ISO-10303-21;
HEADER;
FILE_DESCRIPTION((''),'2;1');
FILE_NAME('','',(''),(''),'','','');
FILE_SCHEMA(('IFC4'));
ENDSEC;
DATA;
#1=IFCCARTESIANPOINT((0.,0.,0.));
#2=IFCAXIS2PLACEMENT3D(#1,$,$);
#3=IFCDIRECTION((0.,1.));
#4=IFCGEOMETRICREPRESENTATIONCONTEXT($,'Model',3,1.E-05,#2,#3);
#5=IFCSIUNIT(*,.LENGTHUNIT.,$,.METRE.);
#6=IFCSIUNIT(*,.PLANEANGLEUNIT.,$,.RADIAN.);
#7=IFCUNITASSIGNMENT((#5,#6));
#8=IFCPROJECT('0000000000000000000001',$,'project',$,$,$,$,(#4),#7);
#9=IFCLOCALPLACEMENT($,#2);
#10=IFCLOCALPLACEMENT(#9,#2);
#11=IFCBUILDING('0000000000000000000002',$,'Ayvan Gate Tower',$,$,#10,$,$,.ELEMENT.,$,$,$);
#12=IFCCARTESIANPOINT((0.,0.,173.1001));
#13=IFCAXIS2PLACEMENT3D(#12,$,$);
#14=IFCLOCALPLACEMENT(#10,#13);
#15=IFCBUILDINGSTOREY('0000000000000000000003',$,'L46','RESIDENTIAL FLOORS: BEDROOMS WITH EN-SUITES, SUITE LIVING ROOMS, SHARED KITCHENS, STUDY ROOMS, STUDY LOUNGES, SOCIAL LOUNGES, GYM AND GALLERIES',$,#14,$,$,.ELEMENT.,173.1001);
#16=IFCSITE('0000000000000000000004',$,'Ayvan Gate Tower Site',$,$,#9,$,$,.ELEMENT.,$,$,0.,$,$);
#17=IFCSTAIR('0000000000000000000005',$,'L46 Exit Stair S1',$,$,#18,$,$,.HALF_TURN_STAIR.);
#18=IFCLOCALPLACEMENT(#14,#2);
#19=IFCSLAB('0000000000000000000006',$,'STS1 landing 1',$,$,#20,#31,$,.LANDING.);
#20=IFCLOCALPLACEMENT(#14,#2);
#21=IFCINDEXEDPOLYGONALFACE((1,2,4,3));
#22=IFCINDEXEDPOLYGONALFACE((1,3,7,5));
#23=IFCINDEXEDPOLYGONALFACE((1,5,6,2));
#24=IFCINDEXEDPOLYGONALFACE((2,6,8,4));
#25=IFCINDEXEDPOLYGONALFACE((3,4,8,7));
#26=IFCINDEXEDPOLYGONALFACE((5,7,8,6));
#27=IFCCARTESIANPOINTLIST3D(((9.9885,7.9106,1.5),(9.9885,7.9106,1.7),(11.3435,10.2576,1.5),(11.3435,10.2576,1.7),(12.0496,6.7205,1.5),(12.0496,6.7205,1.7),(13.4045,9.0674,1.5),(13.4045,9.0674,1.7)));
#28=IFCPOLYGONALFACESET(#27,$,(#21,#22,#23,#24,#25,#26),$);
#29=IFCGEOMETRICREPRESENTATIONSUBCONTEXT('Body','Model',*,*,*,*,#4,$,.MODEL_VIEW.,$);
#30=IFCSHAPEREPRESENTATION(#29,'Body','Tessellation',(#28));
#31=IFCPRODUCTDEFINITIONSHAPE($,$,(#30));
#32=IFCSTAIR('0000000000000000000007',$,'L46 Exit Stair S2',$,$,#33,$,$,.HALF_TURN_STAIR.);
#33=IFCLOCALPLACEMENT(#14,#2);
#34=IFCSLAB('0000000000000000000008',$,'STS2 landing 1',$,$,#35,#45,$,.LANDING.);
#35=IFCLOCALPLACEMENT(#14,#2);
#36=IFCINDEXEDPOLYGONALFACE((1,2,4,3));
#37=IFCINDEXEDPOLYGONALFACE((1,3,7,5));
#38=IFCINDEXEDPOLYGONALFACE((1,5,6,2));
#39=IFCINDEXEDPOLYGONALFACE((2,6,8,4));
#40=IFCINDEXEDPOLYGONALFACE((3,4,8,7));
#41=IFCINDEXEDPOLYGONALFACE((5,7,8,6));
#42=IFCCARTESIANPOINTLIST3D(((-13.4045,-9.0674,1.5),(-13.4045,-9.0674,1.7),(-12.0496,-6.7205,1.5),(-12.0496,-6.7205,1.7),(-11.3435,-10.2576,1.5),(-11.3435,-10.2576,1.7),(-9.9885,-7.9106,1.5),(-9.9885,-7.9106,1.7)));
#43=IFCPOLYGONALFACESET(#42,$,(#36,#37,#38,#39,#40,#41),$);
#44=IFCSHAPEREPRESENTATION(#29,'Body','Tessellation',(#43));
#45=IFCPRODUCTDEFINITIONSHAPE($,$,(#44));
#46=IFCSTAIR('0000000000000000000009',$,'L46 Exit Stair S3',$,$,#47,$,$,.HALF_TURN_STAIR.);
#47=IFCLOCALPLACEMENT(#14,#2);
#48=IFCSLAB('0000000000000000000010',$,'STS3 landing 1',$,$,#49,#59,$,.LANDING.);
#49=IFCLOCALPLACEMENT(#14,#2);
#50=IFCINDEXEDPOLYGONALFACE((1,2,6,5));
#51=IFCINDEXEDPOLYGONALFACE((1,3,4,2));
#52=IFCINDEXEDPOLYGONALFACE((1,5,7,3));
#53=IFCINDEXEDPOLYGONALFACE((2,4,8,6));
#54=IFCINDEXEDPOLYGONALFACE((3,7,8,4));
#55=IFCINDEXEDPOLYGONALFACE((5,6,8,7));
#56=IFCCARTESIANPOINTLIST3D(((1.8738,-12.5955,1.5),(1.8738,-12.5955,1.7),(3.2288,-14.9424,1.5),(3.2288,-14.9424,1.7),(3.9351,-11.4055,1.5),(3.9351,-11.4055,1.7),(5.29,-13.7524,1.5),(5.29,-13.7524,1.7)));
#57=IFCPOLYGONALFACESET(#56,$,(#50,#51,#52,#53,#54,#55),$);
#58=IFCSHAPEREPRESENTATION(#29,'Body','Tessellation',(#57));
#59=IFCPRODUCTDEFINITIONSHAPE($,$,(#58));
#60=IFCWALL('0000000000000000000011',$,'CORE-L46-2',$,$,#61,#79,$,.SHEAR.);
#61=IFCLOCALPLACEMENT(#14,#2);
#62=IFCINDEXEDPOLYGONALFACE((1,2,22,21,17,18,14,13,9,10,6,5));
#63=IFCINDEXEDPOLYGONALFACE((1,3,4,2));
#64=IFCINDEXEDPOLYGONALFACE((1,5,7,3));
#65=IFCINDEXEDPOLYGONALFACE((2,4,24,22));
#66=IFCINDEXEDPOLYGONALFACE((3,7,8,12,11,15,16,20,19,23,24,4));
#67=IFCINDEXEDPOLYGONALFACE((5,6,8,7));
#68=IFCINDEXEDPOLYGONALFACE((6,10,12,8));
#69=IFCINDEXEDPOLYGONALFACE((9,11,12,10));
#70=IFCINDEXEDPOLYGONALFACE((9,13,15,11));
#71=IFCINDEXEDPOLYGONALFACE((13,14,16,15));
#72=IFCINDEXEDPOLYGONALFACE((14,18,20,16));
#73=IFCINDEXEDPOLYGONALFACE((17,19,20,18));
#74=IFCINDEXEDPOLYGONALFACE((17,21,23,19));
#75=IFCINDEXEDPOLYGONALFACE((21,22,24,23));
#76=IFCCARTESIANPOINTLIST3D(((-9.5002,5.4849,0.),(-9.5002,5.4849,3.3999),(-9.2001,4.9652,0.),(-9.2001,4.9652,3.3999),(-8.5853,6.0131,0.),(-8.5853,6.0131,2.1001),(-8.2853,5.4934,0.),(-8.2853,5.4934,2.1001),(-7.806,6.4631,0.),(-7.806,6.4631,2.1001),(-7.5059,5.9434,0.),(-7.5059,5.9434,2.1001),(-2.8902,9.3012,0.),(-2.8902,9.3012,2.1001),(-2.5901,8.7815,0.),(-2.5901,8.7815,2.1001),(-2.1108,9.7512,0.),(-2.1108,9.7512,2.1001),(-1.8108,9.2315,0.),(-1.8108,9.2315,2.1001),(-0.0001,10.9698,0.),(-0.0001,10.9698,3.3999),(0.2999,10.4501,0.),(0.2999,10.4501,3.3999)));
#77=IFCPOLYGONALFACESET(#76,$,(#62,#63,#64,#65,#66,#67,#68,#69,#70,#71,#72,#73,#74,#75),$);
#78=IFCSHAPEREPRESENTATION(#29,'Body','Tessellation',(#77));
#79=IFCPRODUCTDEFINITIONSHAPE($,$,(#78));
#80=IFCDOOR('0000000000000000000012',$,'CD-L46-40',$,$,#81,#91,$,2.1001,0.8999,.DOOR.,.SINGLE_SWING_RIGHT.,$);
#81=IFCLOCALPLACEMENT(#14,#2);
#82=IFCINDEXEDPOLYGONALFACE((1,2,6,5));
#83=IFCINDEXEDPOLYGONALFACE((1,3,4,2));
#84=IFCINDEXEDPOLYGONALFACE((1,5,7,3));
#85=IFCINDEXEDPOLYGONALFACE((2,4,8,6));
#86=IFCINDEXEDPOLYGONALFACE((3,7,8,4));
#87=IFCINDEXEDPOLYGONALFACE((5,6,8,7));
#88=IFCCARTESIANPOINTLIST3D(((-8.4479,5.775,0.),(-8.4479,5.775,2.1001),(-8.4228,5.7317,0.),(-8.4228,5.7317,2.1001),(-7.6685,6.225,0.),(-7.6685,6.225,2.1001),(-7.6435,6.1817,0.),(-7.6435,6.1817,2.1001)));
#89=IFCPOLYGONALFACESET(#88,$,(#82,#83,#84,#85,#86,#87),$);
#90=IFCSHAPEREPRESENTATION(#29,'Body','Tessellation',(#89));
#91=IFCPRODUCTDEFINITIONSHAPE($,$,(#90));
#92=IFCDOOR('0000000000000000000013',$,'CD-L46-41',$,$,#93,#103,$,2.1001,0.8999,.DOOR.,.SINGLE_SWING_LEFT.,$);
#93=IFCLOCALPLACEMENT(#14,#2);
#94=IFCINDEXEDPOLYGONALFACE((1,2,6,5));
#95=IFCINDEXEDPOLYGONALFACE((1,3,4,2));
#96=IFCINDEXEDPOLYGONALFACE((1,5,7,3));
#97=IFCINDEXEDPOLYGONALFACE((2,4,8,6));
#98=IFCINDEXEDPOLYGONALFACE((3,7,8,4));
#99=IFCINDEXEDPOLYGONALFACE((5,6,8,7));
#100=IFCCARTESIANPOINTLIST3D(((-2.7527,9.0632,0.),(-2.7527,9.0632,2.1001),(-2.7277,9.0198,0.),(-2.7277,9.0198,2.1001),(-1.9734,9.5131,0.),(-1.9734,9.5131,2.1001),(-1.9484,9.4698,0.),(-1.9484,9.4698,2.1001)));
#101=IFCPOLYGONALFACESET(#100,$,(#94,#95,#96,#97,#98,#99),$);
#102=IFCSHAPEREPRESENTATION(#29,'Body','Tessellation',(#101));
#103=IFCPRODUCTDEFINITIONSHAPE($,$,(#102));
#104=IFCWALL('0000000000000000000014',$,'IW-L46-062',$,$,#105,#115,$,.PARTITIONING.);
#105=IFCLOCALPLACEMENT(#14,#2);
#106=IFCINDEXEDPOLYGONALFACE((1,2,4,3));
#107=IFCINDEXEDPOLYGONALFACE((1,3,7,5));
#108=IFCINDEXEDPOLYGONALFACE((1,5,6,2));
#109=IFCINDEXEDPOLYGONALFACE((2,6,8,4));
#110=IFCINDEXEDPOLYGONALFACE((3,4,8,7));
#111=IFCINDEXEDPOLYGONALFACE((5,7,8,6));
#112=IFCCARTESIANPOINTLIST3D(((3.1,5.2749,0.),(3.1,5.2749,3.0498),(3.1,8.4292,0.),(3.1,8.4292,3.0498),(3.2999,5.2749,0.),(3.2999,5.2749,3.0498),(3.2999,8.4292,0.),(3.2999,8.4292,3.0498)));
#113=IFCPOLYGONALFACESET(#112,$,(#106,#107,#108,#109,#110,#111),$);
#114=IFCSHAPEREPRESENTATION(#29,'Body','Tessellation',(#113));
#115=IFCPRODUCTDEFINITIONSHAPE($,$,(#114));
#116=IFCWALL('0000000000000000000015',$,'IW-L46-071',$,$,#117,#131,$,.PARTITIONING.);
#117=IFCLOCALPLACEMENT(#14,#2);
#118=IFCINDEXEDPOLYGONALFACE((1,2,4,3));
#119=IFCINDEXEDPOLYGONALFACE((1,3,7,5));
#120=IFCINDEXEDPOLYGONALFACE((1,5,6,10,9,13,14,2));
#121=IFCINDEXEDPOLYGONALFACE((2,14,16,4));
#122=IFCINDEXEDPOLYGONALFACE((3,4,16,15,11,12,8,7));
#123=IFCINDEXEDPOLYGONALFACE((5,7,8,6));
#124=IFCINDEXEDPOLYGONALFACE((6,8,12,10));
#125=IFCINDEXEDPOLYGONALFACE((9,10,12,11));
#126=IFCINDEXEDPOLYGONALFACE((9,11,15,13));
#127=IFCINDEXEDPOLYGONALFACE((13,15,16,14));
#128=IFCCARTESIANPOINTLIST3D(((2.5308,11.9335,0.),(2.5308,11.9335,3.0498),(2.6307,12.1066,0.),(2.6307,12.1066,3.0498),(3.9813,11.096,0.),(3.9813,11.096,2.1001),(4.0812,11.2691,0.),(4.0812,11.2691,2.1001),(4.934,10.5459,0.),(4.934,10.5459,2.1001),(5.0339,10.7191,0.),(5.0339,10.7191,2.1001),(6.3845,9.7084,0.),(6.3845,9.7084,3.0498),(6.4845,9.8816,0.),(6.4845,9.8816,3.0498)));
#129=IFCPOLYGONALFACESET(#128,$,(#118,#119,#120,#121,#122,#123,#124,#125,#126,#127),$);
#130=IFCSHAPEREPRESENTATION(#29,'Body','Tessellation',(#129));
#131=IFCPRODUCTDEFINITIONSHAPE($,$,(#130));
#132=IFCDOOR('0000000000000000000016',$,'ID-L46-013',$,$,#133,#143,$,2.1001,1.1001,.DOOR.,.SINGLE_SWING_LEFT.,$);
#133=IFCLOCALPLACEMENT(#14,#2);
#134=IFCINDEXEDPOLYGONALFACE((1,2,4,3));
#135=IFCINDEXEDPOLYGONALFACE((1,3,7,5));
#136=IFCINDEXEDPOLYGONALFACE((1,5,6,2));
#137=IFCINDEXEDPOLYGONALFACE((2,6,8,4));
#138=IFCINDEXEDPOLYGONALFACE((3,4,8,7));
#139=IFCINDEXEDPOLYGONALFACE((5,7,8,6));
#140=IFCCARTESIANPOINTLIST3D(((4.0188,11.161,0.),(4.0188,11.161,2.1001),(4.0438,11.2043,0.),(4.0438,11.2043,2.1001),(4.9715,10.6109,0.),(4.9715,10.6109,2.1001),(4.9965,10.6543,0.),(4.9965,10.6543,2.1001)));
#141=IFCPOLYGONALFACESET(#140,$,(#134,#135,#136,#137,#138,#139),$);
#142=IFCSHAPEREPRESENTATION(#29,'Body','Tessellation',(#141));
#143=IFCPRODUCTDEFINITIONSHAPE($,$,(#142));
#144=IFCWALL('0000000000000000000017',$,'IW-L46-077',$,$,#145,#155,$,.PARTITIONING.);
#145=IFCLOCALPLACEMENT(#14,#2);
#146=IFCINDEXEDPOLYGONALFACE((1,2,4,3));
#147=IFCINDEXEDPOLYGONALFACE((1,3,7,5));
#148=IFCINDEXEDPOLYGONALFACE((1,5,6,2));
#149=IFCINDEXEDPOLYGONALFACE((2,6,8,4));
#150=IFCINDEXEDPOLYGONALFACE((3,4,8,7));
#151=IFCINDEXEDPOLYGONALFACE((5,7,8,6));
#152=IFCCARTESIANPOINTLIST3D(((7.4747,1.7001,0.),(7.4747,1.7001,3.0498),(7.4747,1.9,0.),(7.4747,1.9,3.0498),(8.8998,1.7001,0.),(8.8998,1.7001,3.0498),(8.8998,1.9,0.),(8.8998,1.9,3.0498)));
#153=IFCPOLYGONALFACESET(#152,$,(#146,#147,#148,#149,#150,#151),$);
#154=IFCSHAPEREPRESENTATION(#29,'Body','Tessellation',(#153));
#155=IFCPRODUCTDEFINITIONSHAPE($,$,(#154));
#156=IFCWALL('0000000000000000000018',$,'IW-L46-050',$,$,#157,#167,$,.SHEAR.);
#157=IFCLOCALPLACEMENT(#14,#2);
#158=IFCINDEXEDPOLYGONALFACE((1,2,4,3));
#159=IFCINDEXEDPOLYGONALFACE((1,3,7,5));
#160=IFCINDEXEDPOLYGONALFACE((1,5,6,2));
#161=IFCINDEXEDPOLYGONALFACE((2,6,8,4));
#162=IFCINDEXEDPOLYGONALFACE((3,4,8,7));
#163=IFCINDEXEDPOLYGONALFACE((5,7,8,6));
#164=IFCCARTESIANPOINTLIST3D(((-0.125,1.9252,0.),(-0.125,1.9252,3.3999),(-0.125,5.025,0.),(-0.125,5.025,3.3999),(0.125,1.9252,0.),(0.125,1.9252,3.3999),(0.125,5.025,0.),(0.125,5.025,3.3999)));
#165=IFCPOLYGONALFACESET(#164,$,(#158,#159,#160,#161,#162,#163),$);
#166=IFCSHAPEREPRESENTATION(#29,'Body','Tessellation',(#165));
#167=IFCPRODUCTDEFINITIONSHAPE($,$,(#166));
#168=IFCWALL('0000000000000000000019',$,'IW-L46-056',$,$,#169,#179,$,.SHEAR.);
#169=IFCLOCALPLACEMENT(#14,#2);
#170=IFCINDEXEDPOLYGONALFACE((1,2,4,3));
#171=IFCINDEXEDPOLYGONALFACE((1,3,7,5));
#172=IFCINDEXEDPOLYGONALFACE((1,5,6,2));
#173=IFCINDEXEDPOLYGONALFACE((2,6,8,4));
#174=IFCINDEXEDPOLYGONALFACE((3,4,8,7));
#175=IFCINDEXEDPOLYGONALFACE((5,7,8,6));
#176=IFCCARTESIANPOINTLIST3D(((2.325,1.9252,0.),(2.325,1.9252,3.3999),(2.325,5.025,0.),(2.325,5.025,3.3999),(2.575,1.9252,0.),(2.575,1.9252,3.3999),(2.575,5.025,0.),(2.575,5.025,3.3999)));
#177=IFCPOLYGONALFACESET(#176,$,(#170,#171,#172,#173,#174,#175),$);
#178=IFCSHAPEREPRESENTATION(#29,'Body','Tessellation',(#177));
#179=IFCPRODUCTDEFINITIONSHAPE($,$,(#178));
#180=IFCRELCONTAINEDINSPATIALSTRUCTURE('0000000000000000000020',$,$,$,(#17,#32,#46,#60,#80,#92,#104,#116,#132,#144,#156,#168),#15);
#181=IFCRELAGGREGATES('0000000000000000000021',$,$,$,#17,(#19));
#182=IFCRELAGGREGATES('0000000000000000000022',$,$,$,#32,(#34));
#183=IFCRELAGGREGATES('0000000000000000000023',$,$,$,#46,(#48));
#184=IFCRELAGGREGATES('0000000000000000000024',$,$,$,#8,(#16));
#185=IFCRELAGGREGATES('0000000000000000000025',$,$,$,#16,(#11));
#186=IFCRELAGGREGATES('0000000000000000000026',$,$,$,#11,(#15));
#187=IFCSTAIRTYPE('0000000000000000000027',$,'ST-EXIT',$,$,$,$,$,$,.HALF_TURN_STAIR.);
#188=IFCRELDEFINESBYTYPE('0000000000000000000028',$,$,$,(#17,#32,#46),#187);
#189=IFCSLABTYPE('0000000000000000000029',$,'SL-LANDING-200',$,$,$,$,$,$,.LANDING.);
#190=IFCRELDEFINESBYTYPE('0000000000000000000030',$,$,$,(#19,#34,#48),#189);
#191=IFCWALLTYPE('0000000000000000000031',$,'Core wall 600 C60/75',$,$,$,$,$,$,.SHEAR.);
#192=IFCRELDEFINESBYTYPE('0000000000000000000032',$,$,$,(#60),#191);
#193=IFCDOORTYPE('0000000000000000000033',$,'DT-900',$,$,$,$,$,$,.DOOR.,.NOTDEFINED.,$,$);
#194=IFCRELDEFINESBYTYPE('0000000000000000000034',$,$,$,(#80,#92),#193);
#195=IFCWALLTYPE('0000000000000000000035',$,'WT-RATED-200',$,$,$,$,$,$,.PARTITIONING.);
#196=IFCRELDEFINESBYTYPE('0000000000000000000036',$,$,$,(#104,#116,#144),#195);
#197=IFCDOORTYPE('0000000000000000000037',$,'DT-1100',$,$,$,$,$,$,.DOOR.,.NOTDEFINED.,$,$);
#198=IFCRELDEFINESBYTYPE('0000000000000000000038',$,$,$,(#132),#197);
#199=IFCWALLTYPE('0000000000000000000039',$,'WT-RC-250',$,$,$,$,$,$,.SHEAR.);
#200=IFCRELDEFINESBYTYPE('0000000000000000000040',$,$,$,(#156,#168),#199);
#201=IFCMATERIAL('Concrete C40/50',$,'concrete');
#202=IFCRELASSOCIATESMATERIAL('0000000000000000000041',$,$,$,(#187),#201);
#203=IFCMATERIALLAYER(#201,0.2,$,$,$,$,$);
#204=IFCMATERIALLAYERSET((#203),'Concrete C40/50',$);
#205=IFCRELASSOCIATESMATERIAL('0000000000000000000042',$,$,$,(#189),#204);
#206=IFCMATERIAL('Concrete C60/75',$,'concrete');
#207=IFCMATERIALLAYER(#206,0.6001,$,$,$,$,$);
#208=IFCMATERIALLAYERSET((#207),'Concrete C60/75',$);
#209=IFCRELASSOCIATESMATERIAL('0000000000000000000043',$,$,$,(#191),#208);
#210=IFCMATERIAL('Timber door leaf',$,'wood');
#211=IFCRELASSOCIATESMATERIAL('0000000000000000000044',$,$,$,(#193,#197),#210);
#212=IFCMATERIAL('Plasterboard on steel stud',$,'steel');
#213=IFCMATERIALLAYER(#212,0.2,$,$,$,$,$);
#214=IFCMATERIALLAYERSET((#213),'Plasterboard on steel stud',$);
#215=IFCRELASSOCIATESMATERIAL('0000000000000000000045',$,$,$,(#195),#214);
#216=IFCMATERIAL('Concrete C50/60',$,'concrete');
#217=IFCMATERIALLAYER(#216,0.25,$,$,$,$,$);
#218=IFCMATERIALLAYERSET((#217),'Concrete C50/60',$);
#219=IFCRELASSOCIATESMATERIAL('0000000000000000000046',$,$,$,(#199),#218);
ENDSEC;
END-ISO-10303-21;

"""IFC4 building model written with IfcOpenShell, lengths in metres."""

from ifc_helpers import new_model, si_unit, direction, frame, frame_2d, origin, place, context, subcontext, project, spatial, polyline, rectangle, outline, extrude, material, layer, layer_set, type_object, element, fill, aggregate, save


model = new_model("IFC4")

# Units and contexts
model_context = context("Model", 3, precision=1e-05, world=origin(), true_north=direction((0.0, 1.0)))
body_context = subcontext(model_context, "Body", "Model", "MODEL_VIEW")
ifc_project = project(units=[si_unit("LENGTHUNIT", "METRE"), si_unit("PLANEANGLEUNIT", "RADIAN")], contexts=[model_context])

# Site, building, storey
site_placement = place(None, origin())
site = spatial("IfcSite", under=ifc_project, at=site_placement, Name="Ayvan Gate Tower Site", CompositionType="ELEMENT", RefElevation=0.0)
building_placement = place(site_placement, origin())
building = spatial("IfcBuilding", under=site, at=building_placement, Name="Ayvan Gate Tower", CompositionType="ELEMENT")
storey_placement = place(building_placement, frame((0.0, 0.0, 173.1001)))
storey = spatial("IfcBuildingStorey", under=building, at=storey_placement, Name="L46", Description="RESIDENTIAL FLOORS: BEDROOMS WITH EN-SUITES, SUITE LIVING ROOMS, SHARED KITCHENS, STUDY ROOMS, STUDY LOUNGES, SOCIAL LOUNGES, GYM AND GALLERIES", CompositionType="ELEMENT", Elevation=173.1001)

# Stairs, slabs
ifc_material_1 = material(Name="Concrete C40/50", Category="concrete")
stair_type = type_object("IfcStairType", Name="ST-EXIT", PredefinedType="HALF_TURN_STAIR", material=ifc_material_1)
stair_1_placement = place(storey_placement, origin())
stair_1 = element("IfcStair", 1, at=stair_1_placement, inside=storey, type_object=stair_type, Name="L46 Exit Stair S1", PredefinedType="HALF_TURN_STAIR")
ifc_layer_1 = layer(ifc_material_1, 0.2)
ifc_layer_set_1 = layer_set([ifc_layer_1], Name="Concrete C40/50")
slab_type = type_object("IfcSlabType", Name="SL-LANDING-200", PredefinedType="LANDING", material=ifc_layer_set_1)
slab_1_placement = place(storey_placement, frame((0.0, 0.0, 1.5)))
slab_1 = element("IfcSlab", 2, at=slab_1_placement, type_object=slab_type, Name="STS1 landing 1", PredefinedType="LANDING", context=body_context, shape_type="SweptSolid", body=[
    extrude(outline(polyline([(9.9885, 7.9106), (12.0496, 6.7205), (13.4045, 9.0674), (11.3435, 10.2576), (9.9885, 7.9106)])), origin(), (0.0, 0.0, 1.0), 0.2),
])
aggregate(stair_1, [slab_1])
stair_2_placement = place(storey_placement, origin())
stair_2 = element("IfcStair", 3, at=stair_2_placement, inside=storey, type_object=stair_type, Name="L46 Exit Stair S2", PredefinedType="HALF_TURN_STAIR")
slab_2_placement = place(storey_placement, frame((0.0, 0.0, 1.5)))
slab_2 = element("IfcSlab", 4, at=slab_2_placement, type_object=slab_type, Name="STS2 landing 1", PredefinedType="LANDING", context=body_context, shape_type="SweptSolid", body=[
    extrude(outline(polyline([(-9.9885, -7.9106), (-12.0496, -6.7205), (-13.4045, -9.0674), (-11.3435, -10.2576), (-9.9885, -7.9106)])), origin(), (0.0, 0.0, 1.0), 0.2),
])
aggregate(stair_2, [slab_2])
stair_3_placement = place(storey_placement, origin())
stair_3 = element("IfcStair", 5, at=stair_3_placement, inside=storey, type_object=stair_type, Name="L46 Exit Stair S3", PredefinedType="HALF_TURN_STAIR")
slab_3_placement = place(storey_placement, frame((0.0, 0.0, 1.5)))
slab_3 = element("IfcSlab", 6, at=slab_3_placement, type_object=slab_type, Name="STS3 landing 1", PredefinedType="LANDING", context=body_context, shape_type="SweptSolid", body=[
    extrude(outline(polyline([(3.9351, -11.4055), (1.8738, -12.5955), (3.2288, -14.9424), (5.29, -13.7524), (3.9351, -11.4055)])), origin(), (0.0, 0.0, 1.0), 0.2),
])
aggregate(stair_3, [slab_3])

# Wall, openings, doors
ifc_material_2 = material(Name="Concrete C60/75", Category="concrete")
ifc_layer_2 = layer(ifc_material_2, 0.6001)
ifc_layer_set_2 = layer_set([ifc_layer_2], Name="Concrete C60/75")
wall_type_1 = type_object("IfcWallType", Name="Core wall 600 C60/75", PredefinedType="SHEAR", material=ifc_layer_set_2)
wall_1_placement = place(storey_placement, frame((0.1499, 10.71, 0.0), z_axis=(0.0, 0.0, 1.0), x_axis=(-0.866024, -0.500002, 0.0)))
wall_1 = element("IfcWall", 7, at=wall_1_placement, inside=storey, type_object=wall_type_1, Name="CORE-L46-2", PredefinedType="SHEAR", context=body_context, shape_type="SweptSolid", body=[
    extrude(rectangle(XDim=10.9697, YDim=0.6001, at=frame_2d((5.4849, 0.0))), origin(), (0.0, 0.0, 1.0), 3.3999),
])
opening_1_placement = place(wall_1_placement, frame((9.0134, 0.0, 0.0)))
opening_1 = element("IfcOpeningElement", 8, at=opening_1_placement, cuts=wall_1, PredefinedType="OPENING", context=body_context, shape_type="SweptSolid", body=[
    extrude(rectangle(XDim=0.8999, YDim=2.1001, at=frame_2d((0.45, 1.05))), frame((0.0, 0.3101, 0.0), z_axis=(0.0, -1.0, 0.0), x_axis=(1.0, 0.0, 0.0)), (0.0, 0.0, 1.0), 0.6201),
])
opening_2_placement = place(wall_1_placement, frame((2.4373, 0.0, 0.0)))
opening_2 = element("IfcOpeningElement", 9, at=opening_2_placement, cuts=wall_1, PredefinedType="OPENING", context=body_context, shape_type="SweptSolid", body=[
    extrude(rectangle(XDim=0.8999, YDim=2.1001, at=frame_2d((0.45, 1.05))), frame((0.0, 0.3101, 0.0), z_axis=(0.0, -1.0, 0.0), x_axis=(1.0, 0.0, 0.0)), (0.0, 0.0, 1.0), 0.6201),
])
ifc_material_3 = material(Name="Timber door leaf", Category="wood")
door_type_1 = type_object("IfcDoorType", Name="DT-900", OperationType="NOTDEFINED", PredefinedType="DOOR", material=ifc_material_3)
door_1_placement = place(opening_1_placement, origin())
door_1 = element("IfcDoor", 10, at=door_1_placement, inside=storey, type_object=door_type_1, Name="CD-L46-40", OperationType="SINGLE_SWING_RIGHT", OverallHeight=2.1001, OverallWidth=0.8999, PredefinedType="DOOR", context=body_context, shape_type="SweptSolid", body=[
    extrude(rectangle(XDim=0.8999, YDim=2.1001, at=frame_2d((0.45, 1.05))), frame((0.0, 0.0249, 0.0), z_axis=(0.0, -1.0, 0.0), x_axis=(1.0, 0.0, 0.0)), (0.0, 0.0, 1.0), 0.05),
])
fill(opening_1, door_1)
door_2_placement = place(opening_2_placement, origin())
door_2 = element("IfcDoor", 11, at=door_2_placement, inside=storey, type_object=door_type_1, Name="CD-L46-41", OperationType="SINGLE_SWING_LEFT", OverallHeight=2.1001, OverallWidth=0.8999, PredefinedType="DOOR", context=body_context, shape_type="SweptSolid", body=[
    extrude(rectangle(XDim=0.8999, YDim=2.1001, at=frame_2d((0.45, 1.05))), frame((0.0, 0.0249, 0.0), z_axis=(0.0, -1.0, 0.0), x_axis=(1.0, 0.0, 0.0)), (0.0, 0.0, 1.0), 0.05),
])
fill(opening_2, door_2)

# Wall
ifc_material_4 = material(Name="Plasterboard on steel stud", Category="steel")
ifc_layer_3 = layer(ifc_material_4, 0.2)
ifc_layer_set_3 = layer_set([ifc_layer_3], Name="Plasterboard on steel stud")
wall_type_2 = type_object("IfcWallType", Name="WT-RATED-200", PredefinedType="PARTITIONING", material=ifc_layer_set_3)
wall_2_placement = place(storey_placement, frame((3.2, 8.4292, 0.0), z_axis=(0.0, 0.0, 1.0), x_axis=(0.0, -1.0, 0.0)))
element("IfcWall", 12, at=wall_2_placement, inside=storey, type_object=wall_type_2, Name="IW-L46-062", PredefinedType="PARTITIONING", context=body_context, shape_type="SweptSolid", body=[
    extrude(rectangle(XDim=3.1543, YDim=0.2, at=frame_2d((1.5771, 0.0))), origin(), (0.0, 0.0, 1.0), 3.0498),
])

# Wall, opening, door
wall_3_placement = place(storey_placement, frame((6.4346, 9.7949, 0.0), z_axis=(0.0, 0.0, 1.0), x_axis=(-0.866013, 0.500022, 0.0)))
wall_3 = element("IfcWall", 13, at=wall_3_placement, inside=storey, type_object=wall_type_2, Name="IW-L46-071", PredefinedType="PARTITIONING", context=body_context, shape_type="SweptSolid", body=[
    extrude(rectangle(XDim=4.45, YDim=0.2, at=frame_2d((2.2251, 0.0))), origin(), (0.0, 0.0, 1.0), 3.0498),
])
opening_3_placement = place(wall_3_placement, frame((1.675, 0.0, 0.0)))
opening_3 = element("IfcOpeningElement", 14, at=opening_3_placement, cuts=wall_3, PredefinedType="OPENING", context=body_context, shape_type="SweptSolid", body=[
    extrude(rectangle(XDim=1.1001, YDim=2.1001, at=frame_2d((0.55, 1.05))), frame((0.0, 0.1099, 0.0), z_axis=(0.0, -1.0, 0.0), x_axis=(1.0, 0.0, 0.0)), (0.0, 0.0, 1.0), 0.22),
])
door_type_2 = type_object("IfcDoorType", Name="DT-1100", OperationType="NOTDEFINED", PredefinedType="DOOR", material=ifc_material_3)
door_3_placement = place(opening_3_placement, origin())
door_3 = element("IfcDoor", 15, at=door_3_placement, inside=storey, type_object=door_type_2, Name="ID-L46-013", OperationType="SINGLE_SWING_LEFT", OverallHeight=2.1001, OverallWidth=1.1001, PredefinedType="DOOR", context=body_context, shape_type="SweptSolid", body=[
    extrude(rectangle(XDim=1.1001, YDim=2.1001, at=frame_2d((0.55, 1.05))), frame((0.0, 0.0249, 0.0), z_axis=(0.0, -1.0, 0.0), x_axis=(1.0, 0.0, 0.0)), (0.0, 0.0, 1.0), 0.05),
])
fill(opening_3, door_3)

# Walls
wall_4_placement = place(storey_placement, frame((7.4749, 1.8, 0.0), z_axis=(0.0, 0.0, 1.0), x_axis=(1.0, 0.0, 0.0)))
element("IfcWall", 16, at=wall_4_placement, inside=storey, type_object=wall_type_2, Name="IW-L46-077", PredefinedType="PARTITIONING", context=body_context, shape_type="SweptSolid", body=[
    extrude(rectangle(XDim=1.425, YDim=0.2, at=frame_2d((0.7124, 0.0))), origin(), (0.0, 0.0, 1.0), 3.0498),
])
ifc_material_5 = material(Name="Concrete C50/60", Category="concrete")
ifc_layer_4 = layer(ifc_material_5, 0.25)
ifc_layer_set_4 = layer_set([ifc_layer_4], Name="Concrete C50/60")
wall_type_3 = type_object("IfcWallType", Name="WT-RC-250", PredefinedType="SHEAR", material=ifc_layer_set_4)
for number, where, z_axis, x_axis, name in (
    (17, (0.0, 5.0249, 0.0), (0.0, 0.0, 1.0), (0.0, -1.0, 0.0), "IW-L46-050"),
    (18, (2.45, 5.0249, 0.0), (0.0, 0.0, 1.0), (0.0, -1.0, 0.0), "IW-L46-056"),
):
    element("IfcWall", number, at=place(storey_placement, frame(where, z_axis=z_axis, x_axis=x_axis)), inside=storey, type_object=wall_type_3, Name=name, PredefinedType="SHEAR", context=body_context, shape_type="SweptSolid", body=[
        extrude(rectangle(XDim=3.0999, YDim=0.25, at=frame_2d((1.5498, 0.0))), origin(), (0.0, 0.0, 1.0), 3.3999),
    ])

save(model, "model.ifc")
